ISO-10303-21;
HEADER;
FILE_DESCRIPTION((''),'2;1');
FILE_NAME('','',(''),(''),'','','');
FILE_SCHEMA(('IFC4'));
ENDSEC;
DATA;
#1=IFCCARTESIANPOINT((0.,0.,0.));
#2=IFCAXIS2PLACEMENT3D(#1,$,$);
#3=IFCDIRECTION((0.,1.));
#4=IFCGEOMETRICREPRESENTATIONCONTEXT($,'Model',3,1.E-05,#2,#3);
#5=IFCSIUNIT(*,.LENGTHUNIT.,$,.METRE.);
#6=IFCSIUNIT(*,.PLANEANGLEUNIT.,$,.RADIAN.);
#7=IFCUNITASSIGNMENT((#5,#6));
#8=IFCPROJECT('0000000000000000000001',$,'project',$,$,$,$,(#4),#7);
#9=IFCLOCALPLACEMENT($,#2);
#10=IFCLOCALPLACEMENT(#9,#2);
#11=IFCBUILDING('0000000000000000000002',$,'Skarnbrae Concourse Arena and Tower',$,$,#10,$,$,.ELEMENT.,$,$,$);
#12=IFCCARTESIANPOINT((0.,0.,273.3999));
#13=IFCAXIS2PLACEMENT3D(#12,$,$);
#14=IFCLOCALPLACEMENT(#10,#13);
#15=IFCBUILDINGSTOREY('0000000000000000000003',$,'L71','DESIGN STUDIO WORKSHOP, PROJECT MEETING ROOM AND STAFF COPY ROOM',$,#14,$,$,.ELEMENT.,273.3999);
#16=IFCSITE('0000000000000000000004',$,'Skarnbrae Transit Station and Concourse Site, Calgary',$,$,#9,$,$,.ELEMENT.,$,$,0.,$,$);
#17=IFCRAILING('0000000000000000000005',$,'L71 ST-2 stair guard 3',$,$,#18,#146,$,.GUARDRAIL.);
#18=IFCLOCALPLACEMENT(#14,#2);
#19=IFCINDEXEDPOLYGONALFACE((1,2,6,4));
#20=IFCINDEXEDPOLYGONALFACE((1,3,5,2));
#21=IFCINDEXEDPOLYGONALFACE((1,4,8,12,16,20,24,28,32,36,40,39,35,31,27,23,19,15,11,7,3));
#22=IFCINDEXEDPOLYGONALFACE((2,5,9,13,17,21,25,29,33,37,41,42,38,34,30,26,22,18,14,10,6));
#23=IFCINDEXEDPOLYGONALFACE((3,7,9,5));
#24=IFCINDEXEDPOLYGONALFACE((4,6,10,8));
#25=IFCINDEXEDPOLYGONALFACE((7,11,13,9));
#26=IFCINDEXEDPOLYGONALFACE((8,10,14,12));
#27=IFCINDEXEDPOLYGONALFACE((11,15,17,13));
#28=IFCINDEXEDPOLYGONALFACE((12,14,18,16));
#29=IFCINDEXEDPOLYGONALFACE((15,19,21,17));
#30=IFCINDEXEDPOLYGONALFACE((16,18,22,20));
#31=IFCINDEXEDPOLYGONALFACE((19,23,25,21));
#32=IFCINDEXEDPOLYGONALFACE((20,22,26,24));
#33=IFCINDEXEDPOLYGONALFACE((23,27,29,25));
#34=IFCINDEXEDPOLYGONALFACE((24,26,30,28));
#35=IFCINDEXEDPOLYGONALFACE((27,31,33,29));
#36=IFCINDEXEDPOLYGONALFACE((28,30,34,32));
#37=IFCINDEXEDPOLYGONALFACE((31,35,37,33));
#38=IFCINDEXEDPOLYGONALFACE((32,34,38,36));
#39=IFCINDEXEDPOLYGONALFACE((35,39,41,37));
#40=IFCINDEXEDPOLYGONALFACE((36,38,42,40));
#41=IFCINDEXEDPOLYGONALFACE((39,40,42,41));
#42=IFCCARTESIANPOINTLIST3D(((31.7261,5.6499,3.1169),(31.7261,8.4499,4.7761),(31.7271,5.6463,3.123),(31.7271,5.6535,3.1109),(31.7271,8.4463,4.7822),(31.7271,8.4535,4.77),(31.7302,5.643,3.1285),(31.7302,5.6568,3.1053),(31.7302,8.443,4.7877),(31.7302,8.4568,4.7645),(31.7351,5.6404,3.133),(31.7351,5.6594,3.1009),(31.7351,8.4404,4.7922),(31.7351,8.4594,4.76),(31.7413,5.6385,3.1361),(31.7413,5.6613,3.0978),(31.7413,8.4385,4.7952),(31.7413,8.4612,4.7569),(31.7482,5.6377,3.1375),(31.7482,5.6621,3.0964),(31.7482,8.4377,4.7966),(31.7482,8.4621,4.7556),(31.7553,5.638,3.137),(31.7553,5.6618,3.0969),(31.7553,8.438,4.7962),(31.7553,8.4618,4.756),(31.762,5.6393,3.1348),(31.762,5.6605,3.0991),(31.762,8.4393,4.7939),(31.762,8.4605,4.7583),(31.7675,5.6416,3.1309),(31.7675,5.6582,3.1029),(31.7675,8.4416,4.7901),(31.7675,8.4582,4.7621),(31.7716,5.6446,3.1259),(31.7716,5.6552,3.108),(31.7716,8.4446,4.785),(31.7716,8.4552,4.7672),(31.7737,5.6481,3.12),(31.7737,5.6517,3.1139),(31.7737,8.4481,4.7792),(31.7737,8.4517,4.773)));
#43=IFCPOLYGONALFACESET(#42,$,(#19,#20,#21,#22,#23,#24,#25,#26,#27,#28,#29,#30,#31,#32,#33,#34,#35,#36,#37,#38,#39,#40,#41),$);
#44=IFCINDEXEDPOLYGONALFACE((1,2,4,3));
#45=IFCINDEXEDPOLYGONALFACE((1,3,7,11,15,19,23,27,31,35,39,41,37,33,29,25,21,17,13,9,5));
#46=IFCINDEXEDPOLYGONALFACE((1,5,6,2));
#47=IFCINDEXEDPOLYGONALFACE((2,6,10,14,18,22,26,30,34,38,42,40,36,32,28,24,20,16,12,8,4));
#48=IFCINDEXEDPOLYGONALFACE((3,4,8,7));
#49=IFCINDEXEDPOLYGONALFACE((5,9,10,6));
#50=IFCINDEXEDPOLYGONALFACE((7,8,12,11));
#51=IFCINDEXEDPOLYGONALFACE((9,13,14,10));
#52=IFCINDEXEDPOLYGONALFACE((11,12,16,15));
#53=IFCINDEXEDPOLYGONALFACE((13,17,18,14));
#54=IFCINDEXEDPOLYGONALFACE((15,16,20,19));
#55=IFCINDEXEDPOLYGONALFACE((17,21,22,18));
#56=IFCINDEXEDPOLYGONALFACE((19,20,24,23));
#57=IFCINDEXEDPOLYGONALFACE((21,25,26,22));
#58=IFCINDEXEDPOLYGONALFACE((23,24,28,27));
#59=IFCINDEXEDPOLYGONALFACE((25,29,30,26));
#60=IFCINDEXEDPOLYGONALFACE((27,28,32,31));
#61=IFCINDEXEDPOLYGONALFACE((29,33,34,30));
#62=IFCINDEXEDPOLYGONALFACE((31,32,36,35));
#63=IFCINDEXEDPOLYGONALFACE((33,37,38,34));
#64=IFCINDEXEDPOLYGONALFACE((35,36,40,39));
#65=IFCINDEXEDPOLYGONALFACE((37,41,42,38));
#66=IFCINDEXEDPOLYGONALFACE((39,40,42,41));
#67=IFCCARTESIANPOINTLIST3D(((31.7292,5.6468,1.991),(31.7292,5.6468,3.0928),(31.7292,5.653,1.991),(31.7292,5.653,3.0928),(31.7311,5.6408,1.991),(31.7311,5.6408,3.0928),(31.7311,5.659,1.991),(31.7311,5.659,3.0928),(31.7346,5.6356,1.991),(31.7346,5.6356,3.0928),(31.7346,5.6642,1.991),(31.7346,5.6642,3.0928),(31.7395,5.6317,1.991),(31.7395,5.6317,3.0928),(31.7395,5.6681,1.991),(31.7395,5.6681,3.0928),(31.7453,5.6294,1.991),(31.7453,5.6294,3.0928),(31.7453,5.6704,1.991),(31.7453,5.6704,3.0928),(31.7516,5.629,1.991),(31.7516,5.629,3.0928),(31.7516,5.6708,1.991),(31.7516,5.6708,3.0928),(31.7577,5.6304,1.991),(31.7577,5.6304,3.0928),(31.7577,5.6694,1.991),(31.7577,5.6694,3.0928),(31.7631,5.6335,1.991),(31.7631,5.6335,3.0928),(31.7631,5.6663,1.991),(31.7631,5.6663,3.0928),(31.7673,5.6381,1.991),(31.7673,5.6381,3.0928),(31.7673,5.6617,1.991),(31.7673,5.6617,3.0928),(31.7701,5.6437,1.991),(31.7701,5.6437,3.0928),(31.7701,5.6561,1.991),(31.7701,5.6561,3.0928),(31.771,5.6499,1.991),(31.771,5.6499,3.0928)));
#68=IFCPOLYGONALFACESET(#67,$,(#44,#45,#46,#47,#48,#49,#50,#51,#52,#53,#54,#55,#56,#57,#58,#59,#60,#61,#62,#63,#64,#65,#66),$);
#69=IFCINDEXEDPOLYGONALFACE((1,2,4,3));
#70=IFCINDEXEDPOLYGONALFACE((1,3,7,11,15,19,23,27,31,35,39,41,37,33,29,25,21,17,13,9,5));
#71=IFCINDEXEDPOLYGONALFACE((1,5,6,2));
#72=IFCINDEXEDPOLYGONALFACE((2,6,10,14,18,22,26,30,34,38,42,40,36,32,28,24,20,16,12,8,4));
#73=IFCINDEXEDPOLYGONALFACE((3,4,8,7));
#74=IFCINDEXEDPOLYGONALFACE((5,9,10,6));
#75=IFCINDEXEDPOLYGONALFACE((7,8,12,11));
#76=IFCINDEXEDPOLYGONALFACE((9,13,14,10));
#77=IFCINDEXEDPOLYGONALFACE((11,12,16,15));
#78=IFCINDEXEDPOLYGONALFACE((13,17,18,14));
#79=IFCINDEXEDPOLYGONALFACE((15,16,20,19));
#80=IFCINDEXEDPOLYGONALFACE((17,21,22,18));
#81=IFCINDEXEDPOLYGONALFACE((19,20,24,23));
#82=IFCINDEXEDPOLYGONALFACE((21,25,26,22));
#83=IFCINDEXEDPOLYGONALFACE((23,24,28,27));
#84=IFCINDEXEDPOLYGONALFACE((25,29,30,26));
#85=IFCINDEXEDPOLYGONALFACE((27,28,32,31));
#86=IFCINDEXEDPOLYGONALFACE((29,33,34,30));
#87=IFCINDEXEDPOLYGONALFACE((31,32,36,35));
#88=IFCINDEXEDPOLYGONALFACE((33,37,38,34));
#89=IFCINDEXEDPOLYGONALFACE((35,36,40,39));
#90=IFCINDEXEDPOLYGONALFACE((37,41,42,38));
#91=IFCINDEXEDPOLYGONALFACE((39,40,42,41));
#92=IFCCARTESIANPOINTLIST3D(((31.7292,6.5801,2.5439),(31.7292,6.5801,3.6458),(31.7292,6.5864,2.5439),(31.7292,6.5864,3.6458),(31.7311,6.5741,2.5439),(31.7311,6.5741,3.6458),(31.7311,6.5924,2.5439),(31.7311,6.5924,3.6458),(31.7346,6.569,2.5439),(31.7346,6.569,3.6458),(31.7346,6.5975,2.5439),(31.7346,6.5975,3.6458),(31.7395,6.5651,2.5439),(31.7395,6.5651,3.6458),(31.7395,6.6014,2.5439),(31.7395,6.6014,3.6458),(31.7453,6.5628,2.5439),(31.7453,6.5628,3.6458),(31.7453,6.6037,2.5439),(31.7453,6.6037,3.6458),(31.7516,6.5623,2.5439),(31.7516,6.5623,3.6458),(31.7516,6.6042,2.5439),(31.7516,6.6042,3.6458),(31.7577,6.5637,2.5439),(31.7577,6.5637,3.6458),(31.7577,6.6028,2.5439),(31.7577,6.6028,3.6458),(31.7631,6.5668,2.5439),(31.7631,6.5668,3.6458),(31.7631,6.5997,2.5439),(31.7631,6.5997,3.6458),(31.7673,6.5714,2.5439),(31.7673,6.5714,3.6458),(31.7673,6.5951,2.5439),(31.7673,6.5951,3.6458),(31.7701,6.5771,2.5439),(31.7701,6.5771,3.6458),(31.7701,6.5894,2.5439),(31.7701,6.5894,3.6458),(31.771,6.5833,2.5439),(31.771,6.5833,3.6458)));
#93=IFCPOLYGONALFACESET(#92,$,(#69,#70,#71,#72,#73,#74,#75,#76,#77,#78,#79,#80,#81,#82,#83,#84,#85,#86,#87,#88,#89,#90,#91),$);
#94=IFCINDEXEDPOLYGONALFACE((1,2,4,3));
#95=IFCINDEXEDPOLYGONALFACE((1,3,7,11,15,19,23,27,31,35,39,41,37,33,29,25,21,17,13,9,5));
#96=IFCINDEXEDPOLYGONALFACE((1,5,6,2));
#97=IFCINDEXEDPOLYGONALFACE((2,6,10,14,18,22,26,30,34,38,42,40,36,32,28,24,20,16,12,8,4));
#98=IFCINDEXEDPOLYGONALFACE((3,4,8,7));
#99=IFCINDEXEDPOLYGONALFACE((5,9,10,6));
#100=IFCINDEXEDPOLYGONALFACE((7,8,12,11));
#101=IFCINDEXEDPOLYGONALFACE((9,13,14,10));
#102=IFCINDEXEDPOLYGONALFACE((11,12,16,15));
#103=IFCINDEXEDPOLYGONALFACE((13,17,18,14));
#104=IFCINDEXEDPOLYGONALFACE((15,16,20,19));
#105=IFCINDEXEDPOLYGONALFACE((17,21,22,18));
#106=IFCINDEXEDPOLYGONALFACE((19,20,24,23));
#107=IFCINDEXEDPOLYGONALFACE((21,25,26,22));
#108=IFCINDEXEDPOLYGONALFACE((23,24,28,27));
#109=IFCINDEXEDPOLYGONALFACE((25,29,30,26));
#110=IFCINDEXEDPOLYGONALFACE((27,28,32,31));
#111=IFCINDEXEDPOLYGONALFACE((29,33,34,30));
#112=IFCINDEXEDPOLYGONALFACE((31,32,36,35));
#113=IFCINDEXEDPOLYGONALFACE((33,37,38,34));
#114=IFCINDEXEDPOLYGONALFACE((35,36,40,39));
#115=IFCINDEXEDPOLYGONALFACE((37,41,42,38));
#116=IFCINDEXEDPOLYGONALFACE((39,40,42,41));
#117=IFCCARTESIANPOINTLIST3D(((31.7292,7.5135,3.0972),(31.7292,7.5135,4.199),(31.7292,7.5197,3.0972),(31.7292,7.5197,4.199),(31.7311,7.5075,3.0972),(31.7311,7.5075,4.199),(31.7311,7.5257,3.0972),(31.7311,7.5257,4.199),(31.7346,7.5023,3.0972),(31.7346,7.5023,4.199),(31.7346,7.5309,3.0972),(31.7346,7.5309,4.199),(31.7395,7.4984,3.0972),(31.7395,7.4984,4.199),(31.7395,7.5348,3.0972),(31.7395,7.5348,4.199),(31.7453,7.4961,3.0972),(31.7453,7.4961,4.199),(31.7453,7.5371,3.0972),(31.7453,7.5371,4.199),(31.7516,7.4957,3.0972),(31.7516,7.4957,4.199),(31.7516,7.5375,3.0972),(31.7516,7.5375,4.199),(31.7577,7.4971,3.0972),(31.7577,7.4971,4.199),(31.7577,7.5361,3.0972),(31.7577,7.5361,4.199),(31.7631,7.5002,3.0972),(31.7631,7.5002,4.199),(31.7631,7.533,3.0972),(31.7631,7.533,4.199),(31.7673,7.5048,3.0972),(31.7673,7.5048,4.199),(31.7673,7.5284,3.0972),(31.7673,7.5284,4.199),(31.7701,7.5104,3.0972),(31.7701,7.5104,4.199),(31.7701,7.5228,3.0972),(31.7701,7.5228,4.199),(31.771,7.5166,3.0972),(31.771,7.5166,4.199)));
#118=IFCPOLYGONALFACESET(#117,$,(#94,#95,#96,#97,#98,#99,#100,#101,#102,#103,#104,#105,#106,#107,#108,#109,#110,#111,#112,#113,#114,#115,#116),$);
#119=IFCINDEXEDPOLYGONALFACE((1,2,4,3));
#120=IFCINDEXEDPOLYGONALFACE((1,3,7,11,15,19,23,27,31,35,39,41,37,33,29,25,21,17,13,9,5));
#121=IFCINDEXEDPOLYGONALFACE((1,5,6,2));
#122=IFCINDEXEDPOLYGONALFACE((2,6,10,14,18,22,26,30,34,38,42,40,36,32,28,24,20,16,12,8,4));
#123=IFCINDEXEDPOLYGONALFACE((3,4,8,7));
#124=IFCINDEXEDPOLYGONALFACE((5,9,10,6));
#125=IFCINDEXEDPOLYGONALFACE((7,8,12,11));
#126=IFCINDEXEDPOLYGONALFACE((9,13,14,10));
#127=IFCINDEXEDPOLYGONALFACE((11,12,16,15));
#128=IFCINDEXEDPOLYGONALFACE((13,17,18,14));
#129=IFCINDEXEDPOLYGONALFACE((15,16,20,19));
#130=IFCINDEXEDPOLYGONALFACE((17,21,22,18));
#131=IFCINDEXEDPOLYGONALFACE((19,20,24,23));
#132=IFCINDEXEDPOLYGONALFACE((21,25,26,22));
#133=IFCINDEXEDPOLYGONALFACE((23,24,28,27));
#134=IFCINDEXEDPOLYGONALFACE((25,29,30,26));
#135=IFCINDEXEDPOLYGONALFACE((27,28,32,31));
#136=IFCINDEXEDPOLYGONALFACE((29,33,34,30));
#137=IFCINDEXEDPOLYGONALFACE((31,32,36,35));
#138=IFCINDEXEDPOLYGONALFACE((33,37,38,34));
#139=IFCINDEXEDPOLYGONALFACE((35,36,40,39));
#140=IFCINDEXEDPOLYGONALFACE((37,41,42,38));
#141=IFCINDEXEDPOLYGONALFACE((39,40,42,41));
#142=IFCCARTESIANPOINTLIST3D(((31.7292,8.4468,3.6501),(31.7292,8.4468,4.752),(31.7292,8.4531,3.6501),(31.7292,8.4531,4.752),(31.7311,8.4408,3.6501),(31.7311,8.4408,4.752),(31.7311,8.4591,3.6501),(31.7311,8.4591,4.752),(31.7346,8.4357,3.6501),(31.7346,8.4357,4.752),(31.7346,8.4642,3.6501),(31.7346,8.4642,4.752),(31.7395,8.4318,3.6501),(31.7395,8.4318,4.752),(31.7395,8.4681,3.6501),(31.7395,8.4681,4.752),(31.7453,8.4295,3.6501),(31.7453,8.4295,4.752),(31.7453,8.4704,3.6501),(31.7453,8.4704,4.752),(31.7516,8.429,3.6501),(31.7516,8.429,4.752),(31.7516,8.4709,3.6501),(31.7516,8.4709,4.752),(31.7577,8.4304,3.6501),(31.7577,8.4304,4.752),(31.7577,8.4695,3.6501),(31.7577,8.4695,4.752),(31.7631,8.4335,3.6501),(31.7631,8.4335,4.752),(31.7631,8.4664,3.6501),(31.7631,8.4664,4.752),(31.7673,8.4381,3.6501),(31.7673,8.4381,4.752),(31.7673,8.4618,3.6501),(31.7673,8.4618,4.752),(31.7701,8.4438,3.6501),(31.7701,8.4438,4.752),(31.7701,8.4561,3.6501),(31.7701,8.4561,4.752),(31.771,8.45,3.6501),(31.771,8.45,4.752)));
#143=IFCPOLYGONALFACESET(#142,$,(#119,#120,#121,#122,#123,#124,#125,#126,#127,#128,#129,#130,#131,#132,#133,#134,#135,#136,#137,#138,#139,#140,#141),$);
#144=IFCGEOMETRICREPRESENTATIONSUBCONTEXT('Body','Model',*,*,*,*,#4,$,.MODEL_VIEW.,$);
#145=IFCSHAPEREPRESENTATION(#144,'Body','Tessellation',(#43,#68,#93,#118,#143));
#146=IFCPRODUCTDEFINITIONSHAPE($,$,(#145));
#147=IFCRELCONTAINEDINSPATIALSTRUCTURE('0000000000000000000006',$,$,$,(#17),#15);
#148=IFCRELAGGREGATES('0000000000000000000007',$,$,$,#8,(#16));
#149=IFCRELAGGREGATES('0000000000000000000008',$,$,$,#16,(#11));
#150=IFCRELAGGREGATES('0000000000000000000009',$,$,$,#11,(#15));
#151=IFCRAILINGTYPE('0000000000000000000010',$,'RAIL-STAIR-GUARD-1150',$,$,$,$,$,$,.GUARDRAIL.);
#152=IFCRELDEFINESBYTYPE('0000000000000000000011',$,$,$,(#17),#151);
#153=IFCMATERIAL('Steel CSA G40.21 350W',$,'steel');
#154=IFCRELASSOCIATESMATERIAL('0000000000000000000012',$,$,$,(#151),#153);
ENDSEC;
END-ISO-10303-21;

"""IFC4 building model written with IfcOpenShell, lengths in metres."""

from ifc_helpers import new_model, si_unit, direction, frame, origin, origin_2d, place, context, subcontext, project, spatial, circle, extrude, material, type_object, element, save


model = new_model("IFC4")

# Units and contexts
model_context = context("Model", 3, precision=1e-05, world=origin(), true_north=direction((0.0, 1.0)))
body_context = subcontext(model_context, "Body", "Model", "MODEL_VIEW")
ifc_project = project(units=[si_unit("LENGTHUNIT", "METRE"), si_unit("PLANEANGLEUNIT", "RADIAN")], contexts=[model_context])

# Site, building, storey
site_placement = place(None, origin())
site = spatial("IfcSite", under=ifc_project, at=site_placement, Name="Skarnbrae Transit Station and Concourse Site, Calgary", CompositionType="ELEMENT", RefElevation=0.0)
building_placement = place(site_placement, origin())
building = spatial("IfcBuilding", under=site, at=building_placement, Name="Skarnbrae Concourse Arena and Tower", CompositionType="ELEMENT")
storey_placement = place(building_placement, frame((0.0, 0.0, 273.3999)))
storey = spatial("IfcBuildingStorey", under=building, at=storey_placement, Name="L71", Description="DESIGN STUDIO WORKSHOP, PROJECT MEETING ROOM AND STAFF COPY ROOM", CompositionType="ELEMENT", Elevation=273.3999)

# Shared definitions
ifc_material_1 = material(Name="Steel CSA G40.21 350W", Category="steel")

# Railing
railing_type_1 = type_object("IfcRailingType", Name="RAIL-STAIR-GUARD-1150", PredefinedType="GUARDRAIL", material=ifc_material_1)
railing_1_placement = place(storey_placement, frame((31.75, 5.6499, 1.991)))
element("IfcRailing", 1, at=railing_1_placement, inside=storey, type_object=railing_type_1, Name="L71 ST-2 stair guard 3", PredefinedType="GUARDRAIL", context=body_context, shape_type="SweptSolid", body=[
    extrude(circle(Radius=0.0239, at=origin_2d()), frame((0.0, 0.0, 1.126), z_axis=(0.0, 0.860306, 0.509778), x_axis=(-1.0, 0.0, 0.0)), (0.0, 0.0, 1.0), 3.2546),
    extrude(circle(Radius=0.021, at=origin_2d()), origin(), (0.0, 0.0, 1.0), 1.1018),
    extrude(circle(Radius=0.021, at=origin_2d()), frame((0.0, 0.9333, 0.553)), (0.0, 0.0, 1.0), 1.1018),
    extrude(circle(Radius=0.021, at=origin_2d()), frame((0.0, 1.8667, 1.1062)), (0.0, 0.0, 1.0), 1.1018),
    extrude(circle(Radius=0.021, at=origin_2d()), frame((0.0, 2.8, 1.6592)), (0.0, 0.0, 1.0), 1.1018),
])

save(model, "model.ifc")
